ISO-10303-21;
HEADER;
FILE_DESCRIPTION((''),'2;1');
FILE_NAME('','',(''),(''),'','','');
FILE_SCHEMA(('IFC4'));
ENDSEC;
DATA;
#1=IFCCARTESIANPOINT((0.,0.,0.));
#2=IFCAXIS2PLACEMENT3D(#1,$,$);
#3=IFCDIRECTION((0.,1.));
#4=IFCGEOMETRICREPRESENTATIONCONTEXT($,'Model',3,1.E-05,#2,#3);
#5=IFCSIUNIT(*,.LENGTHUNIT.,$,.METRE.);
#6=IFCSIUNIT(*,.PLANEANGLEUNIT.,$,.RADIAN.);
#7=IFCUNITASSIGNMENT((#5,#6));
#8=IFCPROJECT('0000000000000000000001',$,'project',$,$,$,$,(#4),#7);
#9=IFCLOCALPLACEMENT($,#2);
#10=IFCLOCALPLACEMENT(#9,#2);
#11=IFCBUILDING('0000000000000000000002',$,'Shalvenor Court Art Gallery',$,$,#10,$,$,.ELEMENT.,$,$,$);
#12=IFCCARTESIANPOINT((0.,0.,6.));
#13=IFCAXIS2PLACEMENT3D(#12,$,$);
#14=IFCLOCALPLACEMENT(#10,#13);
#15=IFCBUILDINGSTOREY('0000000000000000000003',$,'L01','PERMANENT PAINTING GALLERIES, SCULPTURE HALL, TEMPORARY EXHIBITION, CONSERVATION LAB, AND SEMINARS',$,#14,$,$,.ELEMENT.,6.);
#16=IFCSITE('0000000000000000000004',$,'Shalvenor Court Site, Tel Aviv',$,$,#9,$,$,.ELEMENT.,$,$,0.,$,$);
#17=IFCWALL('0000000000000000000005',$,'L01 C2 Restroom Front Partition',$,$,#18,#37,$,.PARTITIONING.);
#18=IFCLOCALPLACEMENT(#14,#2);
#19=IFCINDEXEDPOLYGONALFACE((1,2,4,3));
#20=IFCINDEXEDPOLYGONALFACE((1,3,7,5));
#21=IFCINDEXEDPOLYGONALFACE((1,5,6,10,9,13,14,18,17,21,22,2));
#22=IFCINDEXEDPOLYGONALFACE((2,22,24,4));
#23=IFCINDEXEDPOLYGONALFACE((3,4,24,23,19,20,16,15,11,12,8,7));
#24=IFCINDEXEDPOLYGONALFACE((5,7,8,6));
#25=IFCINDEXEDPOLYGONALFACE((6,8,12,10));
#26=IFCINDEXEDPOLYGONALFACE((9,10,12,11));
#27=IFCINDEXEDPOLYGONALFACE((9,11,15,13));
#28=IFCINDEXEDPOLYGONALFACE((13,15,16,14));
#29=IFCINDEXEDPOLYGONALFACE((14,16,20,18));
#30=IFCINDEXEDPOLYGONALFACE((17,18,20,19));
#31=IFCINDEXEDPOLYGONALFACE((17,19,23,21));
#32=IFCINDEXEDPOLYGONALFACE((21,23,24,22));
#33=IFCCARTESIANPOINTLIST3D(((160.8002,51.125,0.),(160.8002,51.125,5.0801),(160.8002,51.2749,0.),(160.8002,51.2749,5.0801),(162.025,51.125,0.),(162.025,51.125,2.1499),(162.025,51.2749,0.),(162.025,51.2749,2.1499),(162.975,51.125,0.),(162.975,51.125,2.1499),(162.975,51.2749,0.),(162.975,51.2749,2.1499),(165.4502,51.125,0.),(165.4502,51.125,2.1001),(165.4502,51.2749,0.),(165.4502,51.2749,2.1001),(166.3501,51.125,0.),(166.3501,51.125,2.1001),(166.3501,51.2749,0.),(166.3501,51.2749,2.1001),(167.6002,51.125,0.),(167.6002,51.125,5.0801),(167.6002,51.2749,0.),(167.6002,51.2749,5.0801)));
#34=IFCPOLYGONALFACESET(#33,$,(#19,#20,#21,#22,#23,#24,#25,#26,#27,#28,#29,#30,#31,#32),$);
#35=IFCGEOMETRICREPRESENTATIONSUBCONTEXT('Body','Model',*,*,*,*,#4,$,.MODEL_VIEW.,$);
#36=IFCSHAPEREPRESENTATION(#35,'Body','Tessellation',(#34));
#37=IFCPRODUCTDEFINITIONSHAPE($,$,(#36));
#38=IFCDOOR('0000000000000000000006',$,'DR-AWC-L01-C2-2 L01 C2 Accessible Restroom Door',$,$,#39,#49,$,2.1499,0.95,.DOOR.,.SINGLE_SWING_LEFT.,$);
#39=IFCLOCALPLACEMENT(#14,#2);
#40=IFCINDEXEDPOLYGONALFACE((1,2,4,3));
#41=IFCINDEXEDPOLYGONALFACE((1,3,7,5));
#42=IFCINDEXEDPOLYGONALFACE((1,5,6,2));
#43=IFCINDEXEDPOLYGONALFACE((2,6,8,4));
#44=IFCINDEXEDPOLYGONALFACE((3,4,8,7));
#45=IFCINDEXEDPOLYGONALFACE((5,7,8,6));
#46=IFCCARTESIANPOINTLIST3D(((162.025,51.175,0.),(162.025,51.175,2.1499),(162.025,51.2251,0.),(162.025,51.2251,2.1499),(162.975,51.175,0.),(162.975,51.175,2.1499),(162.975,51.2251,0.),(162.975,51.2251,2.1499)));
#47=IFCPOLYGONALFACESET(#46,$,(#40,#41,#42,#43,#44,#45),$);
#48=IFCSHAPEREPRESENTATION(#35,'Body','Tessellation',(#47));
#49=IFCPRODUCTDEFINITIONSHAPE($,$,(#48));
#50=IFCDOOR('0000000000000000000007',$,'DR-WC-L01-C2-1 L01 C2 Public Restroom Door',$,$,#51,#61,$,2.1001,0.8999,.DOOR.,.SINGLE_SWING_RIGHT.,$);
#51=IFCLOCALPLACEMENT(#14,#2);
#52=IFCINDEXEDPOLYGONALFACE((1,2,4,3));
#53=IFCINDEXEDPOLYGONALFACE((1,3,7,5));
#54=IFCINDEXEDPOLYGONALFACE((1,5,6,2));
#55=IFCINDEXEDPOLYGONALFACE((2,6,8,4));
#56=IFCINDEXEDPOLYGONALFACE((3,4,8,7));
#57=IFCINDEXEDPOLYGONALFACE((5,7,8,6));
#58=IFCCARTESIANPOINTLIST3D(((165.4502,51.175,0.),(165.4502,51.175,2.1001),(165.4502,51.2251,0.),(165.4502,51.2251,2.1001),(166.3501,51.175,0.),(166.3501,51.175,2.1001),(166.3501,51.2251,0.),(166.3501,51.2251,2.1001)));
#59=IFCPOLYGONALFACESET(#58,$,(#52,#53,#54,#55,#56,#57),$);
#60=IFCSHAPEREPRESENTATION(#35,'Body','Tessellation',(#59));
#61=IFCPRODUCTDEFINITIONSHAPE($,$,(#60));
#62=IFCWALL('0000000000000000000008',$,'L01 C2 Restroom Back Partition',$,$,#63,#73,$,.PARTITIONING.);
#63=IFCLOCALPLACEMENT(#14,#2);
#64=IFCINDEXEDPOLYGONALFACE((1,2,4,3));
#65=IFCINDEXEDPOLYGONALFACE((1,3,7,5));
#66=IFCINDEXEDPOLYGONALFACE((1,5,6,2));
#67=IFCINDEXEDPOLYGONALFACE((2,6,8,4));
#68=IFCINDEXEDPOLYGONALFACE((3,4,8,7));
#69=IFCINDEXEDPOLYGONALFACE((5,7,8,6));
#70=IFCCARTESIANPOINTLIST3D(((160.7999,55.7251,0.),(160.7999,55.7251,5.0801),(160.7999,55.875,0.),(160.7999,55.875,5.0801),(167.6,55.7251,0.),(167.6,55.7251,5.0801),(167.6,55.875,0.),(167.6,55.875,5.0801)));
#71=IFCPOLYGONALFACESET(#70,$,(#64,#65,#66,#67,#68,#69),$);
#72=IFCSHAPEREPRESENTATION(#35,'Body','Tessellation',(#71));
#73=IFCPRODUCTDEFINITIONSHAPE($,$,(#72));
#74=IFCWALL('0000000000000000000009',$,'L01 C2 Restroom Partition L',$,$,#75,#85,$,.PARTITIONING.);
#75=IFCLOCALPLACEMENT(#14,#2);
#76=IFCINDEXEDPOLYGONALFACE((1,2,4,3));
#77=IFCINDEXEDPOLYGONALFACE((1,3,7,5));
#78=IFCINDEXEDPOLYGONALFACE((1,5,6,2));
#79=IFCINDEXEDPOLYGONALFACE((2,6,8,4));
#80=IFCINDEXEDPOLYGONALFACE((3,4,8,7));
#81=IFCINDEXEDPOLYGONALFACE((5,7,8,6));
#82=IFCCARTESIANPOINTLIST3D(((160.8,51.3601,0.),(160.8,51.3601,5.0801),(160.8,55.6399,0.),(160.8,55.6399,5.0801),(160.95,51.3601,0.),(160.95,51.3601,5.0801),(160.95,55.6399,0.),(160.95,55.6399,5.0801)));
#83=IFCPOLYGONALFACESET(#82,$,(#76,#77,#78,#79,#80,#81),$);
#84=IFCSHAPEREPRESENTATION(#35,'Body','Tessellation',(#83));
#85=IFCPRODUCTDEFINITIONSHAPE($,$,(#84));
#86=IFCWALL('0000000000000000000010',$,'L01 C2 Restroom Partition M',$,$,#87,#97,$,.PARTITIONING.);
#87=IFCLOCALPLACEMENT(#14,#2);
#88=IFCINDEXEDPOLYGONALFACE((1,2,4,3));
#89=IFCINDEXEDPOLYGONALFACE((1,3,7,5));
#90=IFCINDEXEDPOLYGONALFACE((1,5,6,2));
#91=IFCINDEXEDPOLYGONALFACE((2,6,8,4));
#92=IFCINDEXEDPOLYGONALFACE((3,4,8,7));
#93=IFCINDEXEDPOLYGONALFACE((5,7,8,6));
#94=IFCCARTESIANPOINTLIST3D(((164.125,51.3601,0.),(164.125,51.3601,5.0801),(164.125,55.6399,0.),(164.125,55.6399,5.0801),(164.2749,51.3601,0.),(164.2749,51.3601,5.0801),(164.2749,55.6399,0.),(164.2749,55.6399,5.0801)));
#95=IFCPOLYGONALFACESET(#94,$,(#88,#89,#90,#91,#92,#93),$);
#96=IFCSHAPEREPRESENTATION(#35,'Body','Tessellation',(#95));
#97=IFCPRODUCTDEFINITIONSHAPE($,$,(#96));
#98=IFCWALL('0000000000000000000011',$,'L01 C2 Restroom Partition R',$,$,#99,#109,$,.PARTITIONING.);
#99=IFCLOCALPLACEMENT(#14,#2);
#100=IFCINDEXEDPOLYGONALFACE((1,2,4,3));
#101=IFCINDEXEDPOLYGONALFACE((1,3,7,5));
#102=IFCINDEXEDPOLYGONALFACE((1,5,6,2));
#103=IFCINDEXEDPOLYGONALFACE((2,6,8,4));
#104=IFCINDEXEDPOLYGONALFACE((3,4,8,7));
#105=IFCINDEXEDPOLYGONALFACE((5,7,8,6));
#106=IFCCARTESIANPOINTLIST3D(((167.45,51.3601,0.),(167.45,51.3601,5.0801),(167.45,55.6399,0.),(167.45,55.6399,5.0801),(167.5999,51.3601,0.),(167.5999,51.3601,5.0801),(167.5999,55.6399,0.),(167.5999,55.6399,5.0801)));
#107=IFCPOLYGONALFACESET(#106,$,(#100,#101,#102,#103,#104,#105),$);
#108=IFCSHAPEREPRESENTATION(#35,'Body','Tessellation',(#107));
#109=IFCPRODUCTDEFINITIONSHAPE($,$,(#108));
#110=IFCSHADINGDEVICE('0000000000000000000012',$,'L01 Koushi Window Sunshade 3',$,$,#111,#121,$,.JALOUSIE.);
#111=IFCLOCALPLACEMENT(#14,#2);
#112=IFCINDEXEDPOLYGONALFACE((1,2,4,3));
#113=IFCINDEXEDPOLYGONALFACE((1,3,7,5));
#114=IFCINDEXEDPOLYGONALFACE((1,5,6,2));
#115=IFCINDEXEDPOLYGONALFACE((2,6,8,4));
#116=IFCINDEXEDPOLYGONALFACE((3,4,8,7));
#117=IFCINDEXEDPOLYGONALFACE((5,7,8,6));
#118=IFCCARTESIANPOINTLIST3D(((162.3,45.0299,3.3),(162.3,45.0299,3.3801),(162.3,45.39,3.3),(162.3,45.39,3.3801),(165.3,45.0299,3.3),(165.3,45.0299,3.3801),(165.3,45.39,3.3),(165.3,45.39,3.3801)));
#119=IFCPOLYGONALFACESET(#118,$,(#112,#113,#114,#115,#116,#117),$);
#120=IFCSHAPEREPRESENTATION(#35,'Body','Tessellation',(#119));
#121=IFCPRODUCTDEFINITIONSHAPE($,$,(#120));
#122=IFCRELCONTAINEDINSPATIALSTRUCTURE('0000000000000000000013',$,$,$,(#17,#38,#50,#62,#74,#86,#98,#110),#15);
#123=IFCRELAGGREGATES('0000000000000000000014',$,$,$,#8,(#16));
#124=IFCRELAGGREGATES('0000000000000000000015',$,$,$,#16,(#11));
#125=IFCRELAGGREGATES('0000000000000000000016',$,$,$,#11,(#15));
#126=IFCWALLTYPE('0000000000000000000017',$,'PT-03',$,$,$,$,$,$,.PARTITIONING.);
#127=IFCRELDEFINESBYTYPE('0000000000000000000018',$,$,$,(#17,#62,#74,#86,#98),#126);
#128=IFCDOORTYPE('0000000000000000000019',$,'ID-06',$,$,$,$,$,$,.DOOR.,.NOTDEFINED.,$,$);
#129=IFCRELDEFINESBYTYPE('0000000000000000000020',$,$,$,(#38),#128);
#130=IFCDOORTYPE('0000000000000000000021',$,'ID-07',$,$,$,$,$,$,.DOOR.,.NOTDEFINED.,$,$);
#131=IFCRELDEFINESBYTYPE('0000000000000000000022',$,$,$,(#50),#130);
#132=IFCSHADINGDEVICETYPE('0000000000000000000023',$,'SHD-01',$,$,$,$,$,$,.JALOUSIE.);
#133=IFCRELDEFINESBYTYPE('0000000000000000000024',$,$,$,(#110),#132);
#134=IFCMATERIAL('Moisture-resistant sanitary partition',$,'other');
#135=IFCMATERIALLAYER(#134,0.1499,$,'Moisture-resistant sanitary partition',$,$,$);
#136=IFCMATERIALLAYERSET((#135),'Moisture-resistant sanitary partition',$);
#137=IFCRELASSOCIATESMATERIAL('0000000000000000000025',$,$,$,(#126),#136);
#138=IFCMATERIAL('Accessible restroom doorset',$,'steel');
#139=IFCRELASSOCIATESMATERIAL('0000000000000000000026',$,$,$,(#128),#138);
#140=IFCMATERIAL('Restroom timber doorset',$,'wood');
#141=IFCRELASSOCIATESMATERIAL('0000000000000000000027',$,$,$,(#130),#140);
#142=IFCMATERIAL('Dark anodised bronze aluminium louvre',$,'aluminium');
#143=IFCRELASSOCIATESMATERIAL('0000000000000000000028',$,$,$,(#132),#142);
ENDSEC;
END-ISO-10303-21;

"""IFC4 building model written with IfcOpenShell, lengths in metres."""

from ifc_helpers import new_model, si_unit, direction, frame, frame_2d, origin, origin_2d, place, context, subcontext, project, spatial, rectangle, extrude, material, layer, layer_set, type_object, element, fill, save


model = new_model("IFC4")

# Units and contexts
model_context = context("Model", 3, precision=1e-05, world=origin(), true_north=direction((0.0, 1.0)))
body_context = subcontext(model_context, "Body", "Model", "MODEL_VIEW")
ifc_project = project(units=[si_unit("LENGTHUNIT", "METRE"), si_unit("PLANEANGLEUNIT", "RADIAN")], contexts=[model_context])

# Site, building, storey
site_placement = place(None, origin())
site = spatial("IfcSite", under=ifc_project, at=site_placement, Name="Shalvenor Court Site, Tel Aviv", CompositionType="ELEMENT", RefElevation=0.0)
building_placement = place(site_placement, origin())
building = spatial("IfcBuilding", under=site, at=building_placement, Name="Shalvenor Court Art Gallery", CompositionType="ELEMENT")
storey_placement = place(building_placement, frame((0.0, 0.0, 6.0)))
storey = spatial("IfcBuildingStorey", under=building, at=storey_placement, Name="L01", Description="PERMANENT PAINTING GALLERIES, SCULPTURE HALL, TEMPORARY EXHIBITION, CONSERVATION LAB, AND SEMINARS", CompositionType="ELEMENT", Elevation=6.0)

# Wall, openings, doors
ifc_material_1 = material(Name="Moisture-resistant sanitary partition", Category="other")
ifc_layer_1 = layer(ifc_material_1, 0.1499, Name="Moisture-resistant sanitary partition")
ifc_layer_set_1 = layer_set([ifc_layer_1], Name="Moisture-resistant sanitary partition")
wall_type_1 = type_object("IfcWallType", Name="PT-03", PredefinedType="PARTITIONING", material=ifc_layer_set_1)
wall_1_placement = place(storey_placement, frame((167.6001, 51.2, 0.0), z_axis=(0.0, 0.0, 1.0), x_axis=(-1.0, 0.0, 0.0)))
wall_1 = element("IfcWall", 1, at=wall_1_placement, inside=storey, type_object=wall_type_1, Name="L01 C2 Restroom Front Partition", PredefinedType="PARTITIONING", context=body_context, shape_type="SweptSolid", body=[
    extrude(rectangle(XDim=6.8, YDim=0.1499, at=frame_2d((3.3999, 0.0))), origin(), (0.0, 0.0, 1.0), 5.0801),
])
opening_1_placement = place(wall_1_placement, frame((1.25, 0.0, 0.0)))
opening_1 = element("IfcOpeningElement", 2, at=opening_1_placement, cuts=wall_1, PredefinedType="OPENING", context=body_context, shape_type="SweptSolid", body=[
    extrude(rectangle(XDim=0.8999, YDim=2.1001, at=frame_2d((0.45, 1.05))), frame((0.0, 0.085, 0.0), z_axis=(0.0, -1.0, 0.0), x_axis=(1.0, 0.0, 0.0)), (0.0, 0.0, 1.0), 0.1699),
])
opening_2_placement = place(wall_1_placement, frame((4.625, 0.0, 0.0)))
opening_2 = element("IfcOpeningElement", 3, at=opening_2_placement, cuts=wall_1, PredefinedType="OPENING", context=body_context, shape_type="SweptSolid", body=[
    extrude(rectangle(XDim=0.95, YDim=2.1499, at=frame_2d((0.4751, 1.075))), frame((0.0, 0.085, 0.0), z_axis=(0.0, -1.0, 0.0), x_axis=(1.0, 0.0, 0.0)), (0.0, 0.0, 1.0), 0.1699),
])
ifc_material_2 = material(Name="Accessible restroom doorset", Category="steel")
door_type_1 = type_object("IfcDoorType", Name="ID-06", OperationType="NOTDEFINED", PredefinedType="DOOR", material=ifc_material_2)
door_1_placement = place(opening_2_placement, origin())
door_1 = element("IfcDoor", 4, at=door_1_placement, inside=storey, type_object=door_type_1, Name="DR-AWC-L01-C2-2 L01 C2 Accessible Restroom Door", OperationType="SINGLE_SWING_LEFT", OverallHeight=2.1499, OverallWidth=0.95, PredefinedType="DOOR", context=body_context, shape_type="SweptSolid", body=[
    extrude(rectangle(XDim=0.95, YDim=2.1499, at=frame_2d((0.4751, 1.075))), frame((0.0, 0.0249, 0.0), z_axis=(0.0, -1.0, 0.0), x_axis=(1.0, 0.0, 0.0)), (0.0, 0.0, 1.0), 0.05),
])
fill(opening_2, door_1)
ifc_material_3 = material(Name="Restroom timber doorset", Category="wood")
door_type_2 = type_object("IfcDoorType", Name="ID-07", OperationType="NOTDEFINED", PredefinedType="DOOR", material=ifc_material_3)
door_2_placement = place(opening_1_placement, origin())
door_2 = element("IfcDoor", 5, at=door_2_placement, inside=storey, type_object=door_type_2, Name="DR-WC-L01-C2-1 L01 C2 Public Restroom Door", OperationType="SINGLE_SWING_RIGHT", OverallHeight=2.1001, OverallWidth=0.8999, PredefinedType="DOOR", context=body_context, shape_type="SweptSolid", body=[
    extrude(rectangle(XDim=0.8999, YDim=2.1001, at=frame_2d((0.45, 1.05))), frame((0.0, 0.0249, 0.0), z_axis=(0.0, -1.0, 0.0), x_axis=(1.0, 0.0, 0.0)), (0.0, 0.0, 1.0), 0.05),
])
fill(opening_1, door_2)

# Walls
wall_2_placement = place(storey_placement, frame((160.8, 55.8, 0.0), z_axis=(0.0, 0.0, 1.0), x_axis=(1.0, 0.0, 0.0)))
element("IfcWall", 6, at=wall_2_placement, inside=storey, type_object=wall_type_1, Name="L01 C2 Restroom Back Partition", PredefinedType="PARTITIONING", context=body_context, shape_type="SweptSolid", body=[
    extrude(rectangle(XDim=6.8, YDim=0.1499, at=frame_2d((3.3999, 0.0))), origin(), (0.0, 0.0, 1.0), 5.0801),
])
for number, where, z_axis, x_axis, name in (
    (7, (160.875, 51.3601, 0.0), (0.0, 0.0, 1.0), (0.0, 1.0, 0.0), "L01 C2 Restroom Partition L"),
    (8, (164.2, 51.3601, 0.0), (0.0, 0.0, 1.0), (0.0, 1.0, 0.0), "L01 C2 Restroom Partition M"),
    (9, (167.5249, 51.3601, 0.0), (0.0, 0.0, 1.0), (0.0, 1.0, 0.0), "L01 C2 Restroom Partition R"),
):
    element("IfcWall", number, at=place(storey_placement, frame(where, z_axis=z_axis, x_axis=x_axis)), inside=storey, type_object=wall_type_1, Name=name, PredefinedType="PARTITIONING", context=body_context, shape_type="SweptSolid", body=[
        extrude(rectangle(XDim=4.2798, YDim=0.1499, at=frame_2d((2.1399, 0.0))), origin(), (0.0, 0.0, 1.0), 5.0801),
    ])

# Shading device
ifc_material_4 = material(Name="Dark anodised bronze aluminium louvre", Category="aluminium")
shading_device_type = type_object("IfcShadingDeviceType", Name="SHD-01", PredefinedType="JALOUSIE", material=ifc_material_4)
shading_device_placement = place(storey_placement, frame((163.8, 45.21, 3.3), z_axis=(0.0, 0.0, 1.0), x_axis=(-1.0, 0.0, 0.0)))
element("IfcShadingDevice", 10, at=shading_device_placement, inside=storey, type_object=shading_device_type, Name="L01 Koushi Window Sunshade 3", PredefinedType="JALOUSIE", context=body_context, shape_type="SweptSolid", body=[
    extrude(rectangle(XDim=3.0, YDim=0.3601, at=origin_2d()), origin(), (0.0, 0.0, 1.0), 0.0801),
])

save(model, "model.ifc")
